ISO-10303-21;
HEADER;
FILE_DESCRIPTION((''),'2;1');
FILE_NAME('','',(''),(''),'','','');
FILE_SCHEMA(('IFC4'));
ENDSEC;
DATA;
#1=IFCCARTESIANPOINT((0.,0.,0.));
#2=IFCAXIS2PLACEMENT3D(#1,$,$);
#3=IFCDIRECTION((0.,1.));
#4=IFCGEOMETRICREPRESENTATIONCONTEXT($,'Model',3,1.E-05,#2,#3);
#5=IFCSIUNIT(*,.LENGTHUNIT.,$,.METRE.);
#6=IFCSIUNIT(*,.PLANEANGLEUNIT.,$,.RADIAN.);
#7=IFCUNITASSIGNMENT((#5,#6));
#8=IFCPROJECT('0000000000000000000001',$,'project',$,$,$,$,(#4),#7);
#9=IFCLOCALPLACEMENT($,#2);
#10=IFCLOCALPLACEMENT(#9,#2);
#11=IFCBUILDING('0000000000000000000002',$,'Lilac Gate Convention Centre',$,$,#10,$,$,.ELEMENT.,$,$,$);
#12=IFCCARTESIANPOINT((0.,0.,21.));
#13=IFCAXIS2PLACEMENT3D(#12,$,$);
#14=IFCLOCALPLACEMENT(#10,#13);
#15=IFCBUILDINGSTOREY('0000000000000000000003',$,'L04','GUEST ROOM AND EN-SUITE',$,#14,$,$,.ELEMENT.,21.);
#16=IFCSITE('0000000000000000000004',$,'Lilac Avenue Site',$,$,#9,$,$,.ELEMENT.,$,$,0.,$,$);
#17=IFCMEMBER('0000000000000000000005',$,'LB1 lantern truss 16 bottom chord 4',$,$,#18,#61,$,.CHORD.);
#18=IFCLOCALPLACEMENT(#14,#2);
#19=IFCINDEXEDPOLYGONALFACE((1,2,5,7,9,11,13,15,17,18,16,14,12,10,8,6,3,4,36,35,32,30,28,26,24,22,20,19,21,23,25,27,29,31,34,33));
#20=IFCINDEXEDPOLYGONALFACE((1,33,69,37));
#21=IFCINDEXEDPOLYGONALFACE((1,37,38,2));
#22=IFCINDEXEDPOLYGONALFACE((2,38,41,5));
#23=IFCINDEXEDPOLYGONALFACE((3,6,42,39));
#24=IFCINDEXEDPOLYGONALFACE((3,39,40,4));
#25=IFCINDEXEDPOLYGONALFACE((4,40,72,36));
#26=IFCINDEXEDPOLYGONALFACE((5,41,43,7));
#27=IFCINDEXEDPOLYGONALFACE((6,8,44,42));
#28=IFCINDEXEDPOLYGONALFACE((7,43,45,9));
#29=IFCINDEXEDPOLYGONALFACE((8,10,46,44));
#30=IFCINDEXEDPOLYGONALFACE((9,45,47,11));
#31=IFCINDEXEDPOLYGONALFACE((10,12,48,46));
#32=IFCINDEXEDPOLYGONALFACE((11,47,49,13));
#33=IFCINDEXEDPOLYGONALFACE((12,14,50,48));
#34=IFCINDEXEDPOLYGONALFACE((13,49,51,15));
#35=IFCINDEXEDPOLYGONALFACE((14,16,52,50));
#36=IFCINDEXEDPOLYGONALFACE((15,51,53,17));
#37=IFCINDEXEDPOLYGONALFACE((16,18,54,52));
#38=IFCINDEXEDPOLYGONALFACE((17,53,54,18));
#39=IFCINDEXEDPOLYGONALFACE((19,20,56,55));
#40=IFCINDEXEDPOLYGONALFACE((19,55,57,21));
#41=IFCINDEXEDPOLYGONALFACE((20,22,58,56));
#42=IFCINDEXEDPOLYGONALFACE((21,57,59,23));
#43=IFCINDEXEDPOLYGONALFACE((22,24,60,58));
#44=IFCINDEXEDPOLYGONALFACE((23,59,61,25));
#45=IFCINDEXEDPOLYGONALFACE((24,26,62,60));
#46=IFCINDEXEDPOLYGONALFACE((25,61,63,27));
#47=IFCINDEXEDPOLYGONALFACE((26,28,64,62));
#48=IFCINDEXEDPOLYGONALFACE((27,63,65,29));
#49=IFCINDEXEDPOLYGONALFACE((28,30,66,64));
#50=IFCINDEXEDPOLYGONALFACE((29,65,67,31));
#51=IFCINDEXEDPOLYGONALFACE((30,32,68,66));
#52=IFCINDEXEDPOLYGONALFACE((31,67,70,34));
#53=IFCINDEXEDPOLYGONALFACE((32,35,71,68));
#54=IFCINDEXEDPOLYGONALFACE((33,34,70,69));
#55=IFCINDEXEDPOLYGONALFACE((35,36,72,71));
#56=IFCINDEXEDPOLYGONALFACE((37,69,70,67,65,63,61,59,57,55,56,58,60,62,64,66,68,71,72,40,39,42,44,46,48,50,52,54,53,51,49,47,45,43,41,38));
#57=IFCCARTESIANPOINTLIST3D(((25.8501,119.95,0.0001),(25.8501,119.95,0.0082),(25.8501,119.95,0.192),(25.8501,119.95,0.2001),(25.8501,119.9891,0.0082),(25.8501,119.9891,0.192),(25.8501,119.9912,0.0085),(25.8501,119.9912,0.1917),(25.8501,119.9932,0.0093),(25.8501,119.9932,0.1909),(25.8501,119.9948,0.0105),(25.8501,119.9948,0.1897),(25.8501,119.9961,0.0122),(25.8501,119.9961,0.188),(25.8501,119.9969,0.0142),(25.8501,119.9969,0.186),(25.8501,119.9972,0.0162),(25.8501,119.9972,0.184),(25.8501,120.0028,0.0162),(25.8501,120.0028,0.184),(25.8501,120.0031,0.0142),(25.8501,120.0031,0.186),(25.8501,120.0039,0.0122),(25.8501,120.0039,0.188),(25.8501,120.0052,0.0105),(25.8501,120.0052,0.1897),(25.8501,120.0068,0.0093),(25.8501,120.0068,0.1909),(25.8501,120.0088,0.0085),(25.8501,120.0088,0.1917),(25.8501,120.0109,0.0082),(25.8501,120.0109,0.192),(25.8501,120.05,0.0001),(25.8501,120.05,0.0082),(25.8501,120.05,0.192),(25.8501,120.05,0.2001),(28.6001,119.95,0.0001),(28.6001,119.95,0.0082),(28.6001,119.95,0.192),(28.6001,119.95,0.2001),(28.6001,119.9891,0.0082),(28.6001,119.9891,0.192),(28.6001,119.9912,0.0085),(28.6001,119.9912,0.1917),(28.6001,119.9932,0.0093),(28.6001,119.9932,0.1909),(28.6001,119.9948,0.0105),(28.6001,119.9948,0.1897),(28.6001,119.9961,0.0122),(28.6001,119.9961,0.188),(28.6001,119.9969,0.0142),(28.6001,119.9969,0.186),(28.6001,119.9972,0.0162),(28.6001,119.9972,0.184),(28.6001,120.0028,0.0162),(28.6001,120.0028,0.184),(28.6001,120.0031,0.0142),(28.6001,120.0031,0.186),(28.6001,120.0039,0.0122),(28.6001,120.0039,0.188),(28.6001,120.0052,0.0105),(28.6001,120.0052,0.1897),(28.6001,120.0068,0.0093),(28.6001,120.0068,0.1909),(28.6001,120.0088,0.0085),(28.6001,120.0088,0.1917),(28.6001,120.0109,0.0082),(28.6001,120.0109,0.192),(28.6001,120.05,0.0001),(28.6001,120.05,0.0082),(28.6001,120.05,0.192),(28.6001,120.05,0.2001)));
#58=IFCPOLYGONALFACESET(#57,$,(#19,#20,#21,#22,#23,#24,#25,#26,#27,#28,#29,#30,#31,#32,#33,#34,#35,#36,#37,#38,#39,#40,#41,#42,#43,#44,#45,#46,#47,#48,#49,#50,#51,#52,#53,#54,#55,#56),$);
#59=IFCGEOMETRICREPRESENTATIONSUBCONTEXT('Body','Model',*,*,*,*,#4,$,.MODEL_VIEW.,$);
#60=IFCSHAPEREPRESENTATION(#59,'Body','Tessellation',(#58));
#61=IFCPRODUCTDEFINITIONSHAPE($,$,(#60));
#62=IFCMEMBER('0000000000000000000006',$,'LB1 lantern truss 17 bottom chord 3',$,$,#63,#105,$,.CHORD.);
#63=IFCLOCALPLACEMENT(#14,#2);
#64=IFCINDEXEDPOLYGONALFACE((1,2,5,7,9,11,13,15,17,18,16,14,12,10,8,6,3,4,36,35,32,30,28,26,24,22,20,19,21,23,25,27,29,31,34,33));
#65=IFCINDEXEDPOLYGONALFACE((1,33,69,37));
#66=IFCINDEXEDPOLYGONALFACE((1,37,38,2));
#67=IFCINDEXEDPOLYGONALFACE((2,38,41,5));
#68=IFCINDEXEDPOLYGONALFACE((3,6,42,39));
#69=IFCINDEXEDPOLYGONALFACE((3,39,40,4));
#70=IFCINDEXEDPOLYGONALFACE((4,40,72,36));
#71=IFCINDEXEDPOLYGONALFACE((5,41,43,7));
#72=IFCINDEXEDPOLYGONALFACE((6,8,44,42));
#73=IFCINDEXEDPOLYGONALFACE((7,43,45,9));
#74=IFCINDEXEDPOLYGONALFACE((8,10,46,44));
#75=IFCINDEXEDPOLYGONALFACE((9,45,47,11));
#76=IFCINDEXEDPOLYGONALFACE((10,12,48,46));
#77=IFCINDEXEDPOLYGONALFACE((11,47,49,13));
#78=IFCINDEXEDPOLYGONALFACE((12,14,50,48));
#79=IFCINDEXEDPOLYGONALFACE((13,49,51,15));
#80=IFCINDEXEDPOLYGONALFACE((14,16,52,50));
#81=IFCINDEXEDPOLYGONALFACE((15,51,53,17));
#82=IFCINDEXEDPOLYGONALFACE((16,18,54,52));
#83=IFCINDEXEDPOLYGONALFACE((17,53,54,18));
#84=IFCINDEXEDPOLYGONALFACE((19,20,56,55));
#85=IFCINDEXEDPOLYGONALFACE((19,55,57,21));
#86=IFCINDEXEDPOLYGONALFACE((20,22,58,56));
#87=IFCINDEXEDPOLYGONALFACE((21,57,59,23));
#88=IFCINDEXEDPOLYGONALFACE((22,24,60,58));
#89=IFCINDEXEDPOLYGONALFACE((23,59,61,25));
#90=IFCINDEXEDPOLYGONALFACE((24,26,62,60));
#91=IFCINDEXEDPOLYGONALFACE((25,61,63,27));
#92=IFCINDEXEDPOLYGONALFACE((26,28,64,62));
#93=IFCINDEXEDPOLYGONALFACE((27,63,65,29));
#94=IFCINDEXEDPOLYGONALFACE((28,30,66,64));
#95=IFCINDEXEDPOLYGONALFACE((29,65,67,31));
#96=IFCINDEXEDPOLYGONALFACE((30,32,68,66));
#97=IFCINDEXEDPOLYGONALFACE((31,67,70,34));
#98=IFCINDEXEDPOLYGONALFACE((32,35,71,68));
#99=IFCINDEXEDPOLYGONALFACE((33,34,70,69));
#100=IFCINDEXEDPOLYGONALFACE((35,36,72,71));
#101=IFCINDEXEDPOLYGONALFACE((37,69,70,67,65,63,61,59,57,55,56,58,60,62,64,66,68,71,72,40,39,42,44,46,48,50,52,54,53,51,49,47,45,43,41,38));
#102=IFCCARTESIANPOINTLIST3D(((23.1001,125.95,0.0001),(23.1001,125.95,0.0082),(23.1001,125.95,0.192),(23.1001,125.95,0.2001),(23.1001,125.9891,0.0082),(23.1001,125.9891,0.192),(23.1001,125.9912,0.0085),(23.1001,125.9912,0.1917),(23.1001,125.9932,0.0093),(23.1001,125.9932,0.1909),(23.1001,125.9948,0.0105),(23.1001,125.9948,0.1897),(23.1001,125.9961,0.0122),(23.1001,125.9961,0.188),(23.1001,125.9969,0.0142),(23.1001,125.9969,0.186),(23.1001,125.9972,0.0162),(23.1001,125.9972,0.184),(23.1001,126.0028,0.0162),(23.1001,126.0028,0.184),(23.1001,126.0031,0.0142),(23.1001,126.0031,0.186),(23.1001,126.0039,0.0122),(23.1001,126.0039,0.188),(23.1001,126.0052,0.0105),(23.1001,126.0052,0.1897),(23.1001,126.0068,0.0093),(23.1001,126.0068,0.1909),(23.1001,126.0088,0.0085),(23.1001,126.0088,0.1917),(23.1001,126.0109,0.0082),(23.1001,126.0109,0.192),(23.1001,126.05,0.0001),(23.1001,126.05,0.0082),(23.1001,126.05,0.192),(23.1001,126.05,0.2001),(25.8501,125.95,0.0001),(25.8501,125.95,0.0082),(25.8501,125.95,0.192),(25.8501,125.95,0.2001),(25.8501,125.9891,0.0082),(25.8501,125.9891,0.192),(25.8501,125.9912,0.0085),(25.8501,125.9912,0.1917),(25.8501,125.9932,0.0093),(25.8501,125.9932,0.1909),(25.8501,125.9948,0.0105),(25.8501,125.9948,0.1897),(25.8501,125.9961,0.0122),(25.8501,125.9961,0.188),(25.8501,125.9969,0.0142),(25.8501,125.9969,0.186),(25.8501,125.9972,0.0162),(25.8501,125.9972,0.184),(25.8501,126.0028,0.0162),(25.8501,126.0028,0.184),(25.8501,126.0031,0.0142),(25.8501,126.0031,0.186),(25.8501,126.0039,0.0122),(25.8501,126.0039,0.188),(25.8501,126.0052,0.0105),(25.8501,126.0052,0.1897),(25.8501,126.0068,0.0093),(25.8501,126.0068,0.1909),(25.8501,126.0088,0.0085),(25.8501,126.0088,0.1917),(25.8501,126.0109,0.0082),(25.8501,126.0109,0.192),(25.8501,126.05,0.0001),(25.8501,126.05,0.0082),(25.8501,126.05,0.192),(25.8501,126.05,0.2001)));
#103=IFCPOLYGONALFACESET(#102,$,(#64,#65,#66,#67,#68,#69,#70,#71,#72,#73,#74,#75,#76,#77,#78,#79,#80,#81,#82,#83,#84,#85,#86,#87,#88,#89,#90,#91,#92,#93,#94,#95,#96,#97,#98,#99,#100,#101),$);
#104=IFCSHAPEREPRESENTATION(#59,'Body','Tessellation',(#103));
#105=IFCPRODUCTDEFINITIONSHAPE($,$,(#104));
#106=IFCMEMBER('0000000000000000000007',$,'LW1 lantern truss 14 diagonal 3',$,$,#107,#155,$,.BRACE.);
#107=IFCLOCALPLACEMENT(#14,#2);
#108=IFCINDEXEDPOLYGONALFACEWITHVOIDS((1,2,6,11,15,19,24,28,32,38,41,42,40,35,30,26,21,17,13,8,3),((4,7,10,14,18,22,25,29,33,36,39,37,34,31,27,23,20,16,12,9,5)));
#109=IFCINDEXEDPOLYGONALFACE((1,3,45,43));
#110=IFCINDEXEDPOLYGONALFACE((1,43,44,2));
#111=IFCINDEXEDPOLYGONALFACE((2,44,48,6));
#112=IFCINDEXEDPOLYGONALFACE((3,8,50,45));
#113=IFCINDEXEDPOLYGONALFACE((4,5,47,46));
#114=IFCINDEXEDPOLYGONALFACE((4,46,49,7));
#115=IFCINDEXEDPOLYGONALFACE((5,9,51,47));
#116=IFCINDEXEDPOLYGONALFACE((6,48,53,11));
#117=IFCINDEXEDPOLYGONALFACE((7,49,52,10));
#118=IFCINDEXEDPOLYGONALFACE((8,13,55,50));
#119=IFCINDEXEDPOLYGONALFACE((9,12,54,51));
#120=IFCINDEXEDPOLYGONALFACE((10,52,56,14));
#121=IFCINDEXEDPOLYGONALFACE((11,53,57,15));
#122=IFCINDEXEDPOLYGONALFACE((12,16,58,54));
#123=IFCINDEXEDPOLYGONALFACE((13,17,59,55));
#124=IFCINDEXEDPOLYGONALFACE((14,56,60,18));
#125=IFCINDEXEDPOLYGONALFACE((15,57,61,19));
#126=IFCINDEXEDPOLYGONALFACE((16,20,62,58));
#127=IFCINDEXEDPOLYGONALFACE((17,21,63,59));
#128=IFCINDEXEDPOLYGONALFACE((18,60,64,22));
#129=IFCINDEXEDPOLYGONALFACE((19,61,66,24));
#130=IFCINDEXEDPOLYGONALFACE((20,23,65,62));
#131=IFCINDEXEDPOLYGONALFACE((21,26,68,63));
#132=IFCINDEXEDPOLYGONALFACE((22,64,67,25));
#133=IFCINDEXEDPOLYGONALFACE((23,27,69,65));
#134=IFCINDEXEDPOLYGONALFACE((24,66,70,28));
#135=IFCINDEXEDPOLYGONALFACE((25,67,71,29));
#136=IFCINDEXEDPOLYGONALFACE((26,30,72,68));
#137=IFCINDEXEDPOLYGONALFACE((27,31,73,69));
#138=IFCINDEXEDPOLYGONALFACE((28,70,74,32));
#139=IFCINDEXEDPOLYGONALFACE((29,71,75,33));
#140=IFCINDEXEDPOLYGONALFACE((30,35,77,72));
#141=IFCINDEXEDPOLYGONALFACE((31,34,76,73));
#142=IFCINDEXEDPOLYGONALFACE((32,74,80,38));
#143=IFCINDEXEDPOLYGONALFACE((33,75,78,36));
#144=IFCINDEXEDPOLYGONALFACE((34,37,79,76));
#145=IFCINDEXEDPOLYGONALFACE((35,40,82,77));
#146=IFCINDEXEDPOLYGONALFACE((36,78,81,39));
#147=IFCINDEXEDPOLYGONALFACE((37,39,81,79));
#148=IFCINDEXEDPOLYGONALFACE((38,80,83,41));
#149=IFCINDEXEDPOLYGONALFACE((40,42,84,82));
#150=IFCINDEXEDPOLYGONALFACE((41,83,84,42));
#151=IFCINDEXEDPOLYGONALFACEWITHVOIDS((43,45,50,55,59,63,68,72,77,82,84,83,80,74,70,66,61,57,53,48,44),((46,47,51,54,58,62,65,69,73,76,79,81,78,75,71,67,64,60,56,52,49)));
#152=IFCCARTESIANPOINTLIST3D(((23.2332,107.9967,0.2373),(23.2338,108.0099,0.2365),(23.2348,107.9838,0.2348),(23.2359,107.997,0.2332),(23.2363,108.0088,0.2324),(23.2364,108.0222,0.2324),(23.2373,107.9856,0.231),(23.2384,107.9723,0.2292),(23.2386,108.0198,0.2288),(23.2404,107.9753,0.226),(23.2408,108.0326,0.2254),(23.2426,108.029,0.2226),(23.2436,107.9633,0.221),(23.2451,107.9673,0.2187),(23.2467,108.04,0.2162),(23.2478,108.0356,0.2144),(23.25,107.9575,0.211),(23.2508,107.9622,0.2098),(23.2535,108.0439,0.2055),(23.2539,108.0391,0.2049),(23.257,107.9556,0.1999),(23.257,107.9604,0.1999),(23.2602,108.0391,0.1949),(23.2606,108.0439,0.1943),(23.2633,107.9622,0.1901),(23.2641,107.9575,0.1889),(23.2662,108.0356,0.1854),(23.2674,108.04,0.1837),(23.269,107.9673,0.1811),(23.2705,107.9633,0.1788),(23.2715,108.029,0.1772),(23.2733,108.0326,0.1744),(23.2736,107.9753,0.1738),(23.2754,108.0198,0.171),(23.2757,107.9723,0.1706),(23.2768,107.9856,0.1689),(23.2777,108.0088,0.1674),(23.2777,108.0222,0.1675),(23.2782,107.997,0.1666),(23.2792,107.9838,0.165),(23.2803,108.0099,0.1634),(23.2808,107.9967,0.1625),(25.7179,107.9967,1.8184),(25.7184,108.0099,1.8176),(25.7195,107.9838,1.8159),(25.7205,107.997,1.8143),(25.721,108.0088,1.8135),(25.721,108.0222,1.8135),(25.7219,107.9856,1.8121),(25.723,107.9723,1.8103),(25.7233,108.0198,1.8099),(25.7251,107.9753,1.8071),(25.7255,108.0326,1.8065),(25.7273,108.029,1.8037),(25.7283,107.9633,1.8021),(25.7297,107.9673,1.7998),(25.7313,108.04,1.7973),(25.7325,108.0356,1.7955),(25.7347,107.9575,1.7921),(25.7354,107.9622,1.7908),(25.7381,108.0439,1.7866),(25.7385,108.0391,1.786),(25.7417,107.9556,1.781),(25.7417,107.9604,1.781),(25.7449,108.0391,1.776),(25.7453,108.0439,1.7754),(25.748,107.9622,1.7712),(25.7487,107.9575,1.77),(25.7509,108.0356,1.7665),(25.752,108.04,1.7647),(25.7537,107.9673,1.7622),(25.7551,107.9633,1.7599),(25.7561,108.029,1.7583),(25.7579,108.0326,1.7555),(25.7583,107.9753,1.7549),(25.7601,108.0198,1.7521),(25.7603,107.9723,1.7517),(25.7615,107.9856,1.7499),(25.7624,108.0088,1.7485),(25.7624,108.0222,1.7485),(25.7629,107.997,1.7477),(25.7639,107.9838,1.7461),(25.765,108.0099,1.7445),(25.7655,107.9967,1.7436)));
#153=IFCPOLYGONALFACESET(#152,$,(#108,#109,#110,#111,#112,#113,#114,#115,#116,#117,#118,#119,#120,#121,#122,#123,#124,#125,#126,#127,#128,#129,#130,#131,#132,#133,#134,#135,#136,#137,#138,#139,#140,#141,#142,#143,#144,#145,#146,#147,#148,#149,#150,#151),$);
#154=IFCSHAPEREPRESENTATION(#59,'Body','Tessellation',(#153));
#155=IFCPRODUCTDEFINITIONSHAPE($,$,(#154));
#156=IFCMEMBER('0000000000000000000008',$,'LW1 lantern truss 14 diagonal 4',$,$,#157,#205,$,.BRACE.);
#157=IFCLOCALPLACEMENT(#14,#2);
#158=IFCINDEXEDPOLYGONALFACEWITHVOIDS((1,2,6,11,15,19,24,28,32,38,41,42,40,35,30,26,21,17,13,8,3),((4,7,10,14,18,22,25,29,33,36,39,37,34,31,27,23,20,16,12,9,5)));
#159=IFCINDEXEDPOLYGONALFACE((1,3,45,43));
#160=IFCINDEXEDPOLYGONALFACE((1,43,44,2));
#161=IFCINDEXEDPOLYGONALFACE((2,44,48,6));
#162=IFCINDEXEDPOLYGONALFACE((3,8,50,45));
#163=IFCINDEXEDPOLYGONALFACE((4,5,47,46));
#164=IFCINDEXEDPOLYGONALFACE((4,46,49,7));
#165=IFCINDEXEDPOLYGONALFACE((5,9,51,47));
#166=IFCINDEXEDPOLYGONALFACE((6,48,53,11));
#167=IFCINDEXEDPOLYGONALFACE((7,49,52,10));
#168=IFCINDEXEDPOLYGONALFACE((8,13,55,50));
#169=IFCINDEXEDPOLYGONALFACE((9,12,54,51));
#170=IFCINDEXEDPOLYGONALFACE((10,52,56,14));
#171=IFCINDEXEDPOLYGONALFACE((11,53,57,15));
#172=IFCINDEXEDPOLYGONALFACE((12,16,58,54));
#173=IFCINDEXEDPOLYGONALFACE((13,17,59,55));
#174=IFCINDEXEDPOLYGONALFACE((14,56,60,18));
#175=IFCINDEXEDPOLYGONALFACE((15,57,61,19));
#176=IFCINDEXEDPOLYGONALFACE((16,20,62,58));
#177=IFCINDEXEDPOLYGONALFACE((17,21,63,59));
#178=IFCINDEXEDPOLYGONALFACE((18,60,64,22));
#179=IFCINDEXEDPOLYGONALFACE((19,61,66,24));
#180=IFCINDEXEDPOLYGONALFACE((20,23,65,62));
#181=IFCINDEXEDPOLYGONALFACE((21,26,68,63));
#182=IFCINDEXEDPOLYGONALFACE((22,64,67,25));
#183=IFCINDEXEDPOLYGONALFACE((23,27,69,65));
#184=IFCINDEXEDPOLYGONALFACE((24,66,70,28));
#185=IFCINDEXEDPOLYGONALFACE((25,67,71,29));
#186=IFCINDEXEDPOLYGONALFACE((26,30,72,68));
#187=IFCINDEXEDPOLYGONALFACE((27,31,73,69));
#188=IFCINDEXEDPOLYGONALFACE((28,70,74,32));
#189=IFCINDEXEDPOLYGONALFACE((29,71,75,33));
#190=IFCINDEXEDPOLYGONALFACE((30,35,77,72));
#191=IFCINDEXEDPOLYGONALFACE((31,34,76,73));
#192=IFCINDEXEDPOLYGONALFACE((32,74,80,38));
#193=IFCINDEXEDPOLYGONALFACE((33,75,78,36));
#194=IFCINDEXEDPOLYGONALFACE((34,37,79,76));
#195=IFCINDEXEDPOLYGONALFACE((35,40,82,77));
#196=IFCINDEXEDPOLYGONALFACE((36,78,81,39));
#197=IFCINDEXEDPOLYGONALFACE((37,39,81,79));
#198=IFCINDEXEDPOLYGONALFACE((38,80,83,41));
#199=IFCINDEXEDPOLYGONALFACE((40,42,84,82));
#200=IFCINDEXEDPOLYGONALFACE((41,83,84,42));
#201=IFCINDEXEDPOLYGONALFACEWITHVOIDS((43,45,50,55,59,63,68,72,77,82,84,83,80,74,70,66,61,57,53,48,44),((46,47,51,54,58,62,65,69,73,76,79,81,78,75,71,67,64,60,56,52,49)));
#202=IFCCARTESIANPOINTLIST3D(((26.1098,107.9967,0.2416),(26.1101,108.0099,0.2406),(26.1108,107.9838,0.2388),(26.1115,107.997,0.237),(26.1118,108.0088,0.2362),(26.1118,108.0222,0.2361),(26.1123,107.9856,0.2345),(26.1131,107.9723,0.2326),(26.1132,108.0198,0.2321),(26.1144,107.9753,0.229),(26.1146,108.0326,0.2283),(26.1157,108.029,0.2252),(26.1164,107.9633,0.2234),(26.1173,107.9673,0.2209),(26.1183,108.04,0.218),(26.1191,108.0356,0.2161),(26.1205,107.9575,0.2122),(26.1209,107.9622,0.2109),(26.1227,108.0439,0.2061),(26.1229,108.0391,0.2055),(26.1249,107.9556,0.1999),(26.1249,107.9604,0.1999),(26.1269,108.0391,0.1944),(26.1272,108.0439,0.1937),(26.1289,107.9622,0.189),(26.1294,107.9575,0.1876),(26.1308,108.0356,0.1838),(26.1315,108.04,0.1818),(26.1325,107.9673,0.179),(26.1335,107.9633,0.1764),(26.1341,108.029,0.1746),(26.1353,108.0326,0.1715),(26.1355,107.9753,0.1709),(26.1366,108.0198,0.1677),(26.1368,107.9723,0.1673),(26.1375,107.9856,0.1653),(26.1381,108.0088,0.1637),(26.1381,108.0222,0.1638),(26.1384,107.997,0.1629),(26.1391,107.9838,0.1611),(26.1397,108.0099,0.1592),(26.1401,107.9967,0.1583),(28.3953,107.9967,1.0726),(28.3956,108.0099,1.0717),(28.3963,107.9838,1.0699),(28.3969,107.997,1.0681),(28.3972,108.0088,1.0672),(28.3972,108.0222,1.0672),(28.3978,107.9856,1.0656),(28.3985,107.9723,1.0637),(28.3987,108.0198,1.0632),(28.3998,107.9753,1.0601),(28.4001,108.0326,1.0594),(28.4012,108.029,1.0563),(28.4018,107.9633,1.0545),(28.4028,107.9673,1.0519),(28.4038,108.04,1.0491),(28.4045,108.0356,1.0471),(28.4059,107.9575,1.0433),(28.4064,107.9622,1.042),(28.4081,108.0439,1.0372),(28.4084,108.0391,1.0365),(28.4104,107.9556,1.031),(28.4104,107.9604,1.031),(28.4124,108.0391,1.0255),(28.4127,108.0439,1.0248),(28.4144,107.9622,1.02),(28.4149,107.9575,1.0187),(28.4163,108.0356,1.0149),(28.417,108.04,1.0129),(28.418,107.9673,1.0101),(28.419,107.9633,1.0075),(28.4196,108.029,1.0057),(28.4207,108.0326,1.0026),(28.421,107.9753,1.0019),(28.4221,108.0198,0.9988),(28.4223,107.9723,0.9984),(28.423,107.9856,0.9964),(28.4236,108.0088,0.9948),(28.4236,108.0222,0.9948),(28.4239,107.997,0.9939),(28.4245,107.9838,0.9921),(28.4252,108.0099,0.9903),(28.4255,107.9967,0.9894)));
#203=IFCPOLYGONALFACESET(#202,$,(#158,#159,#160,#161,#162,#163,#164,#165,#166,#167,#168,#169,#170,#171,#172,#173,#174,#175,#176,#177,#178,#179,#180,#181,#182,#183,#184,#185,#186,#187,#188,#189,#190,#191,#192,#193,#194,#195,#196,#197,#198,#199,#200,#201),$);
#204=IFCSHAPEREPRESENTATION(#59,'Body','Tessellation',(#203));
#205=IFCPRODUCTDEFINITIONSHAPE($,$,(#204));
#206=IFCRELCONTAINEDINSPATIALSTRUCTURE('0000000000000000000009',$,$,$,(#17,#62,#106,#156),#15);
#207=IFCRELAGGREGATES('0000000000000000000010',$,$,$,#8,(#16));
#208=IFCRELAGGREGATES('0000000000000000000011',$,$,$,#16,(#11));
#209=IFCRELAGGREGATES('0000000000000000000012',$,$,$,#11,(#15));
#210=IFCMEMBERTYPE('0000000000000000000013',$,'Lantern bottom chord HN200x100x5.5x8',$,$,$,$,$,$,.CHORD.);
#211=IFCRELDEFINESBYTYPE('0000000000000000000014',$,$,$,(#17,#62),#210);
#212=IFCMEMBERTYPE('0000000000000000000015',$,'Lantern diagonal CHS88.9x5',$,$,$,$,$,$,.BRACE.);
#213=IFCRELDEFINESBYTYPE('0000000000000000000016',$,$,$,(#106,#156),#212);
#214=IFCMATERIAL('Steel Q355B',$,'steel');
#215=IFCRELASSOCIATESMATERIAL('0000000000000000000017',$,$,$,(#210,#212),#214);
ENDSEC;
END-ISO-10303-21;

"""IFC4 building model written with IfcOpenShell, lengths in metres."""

from ifc_helpers import new_model, si_unit, direction, frame, origin, origin_2d, place, context, subcontext, project, spatial, hollow_circle, i_section, extrude, material, material_profile, profile_set, type_object, element, save


model = new_model("IFC4")

# Units and contexts
model_context = context("Model", 3, precision=1e-05, world=origin(), true_north=direction((0.0, 1.0)))
body_context = subcontext(model_context, "Body", "Model", "MODEL_VIEW")
ifc_project = project(units=[si_unit("LENGTHUNIT", "METRE"), si_unit("PLANEANGLEUNIT", "RADIAN")], contexts=[model_context])

# Site, building, storey
site_placement = place(None, origin())
site = spatial("IfcSite", under=ifc_project, at=site_placement, Name="Lilac Avenue Site", CompositionType="ELEMENT", RefElevation=0.0)
building_placement = place(site_placement, origin())
building = spatial("IfcBuilding", under=site, at=building_placement, Name="Lilac Gate Convention Centre", CompositionType="ELEMENT")
storey_placement = place(building_placement, frame((0.0, 0.0, 21.0)))
storey = spatial("IfcBuildingStorey", under=building, at=storey_placement, Name="L04", Description="GUEST ROOM AND EN-SUITE", CompositionType="ELEMENT", Elevation=21.0)

# Members
ifc_material_1 = material(Name="Steel Q355B", Category="steel")
ifc_material_profile_1 = material_profile(ifc_material_1, i_section(OverallWidth=0.1001, OverallDepth=0.2, WebThickness=0.0056, FlangeThickness=0.0081, FilletRadius=0.0081, at=origin_2d()), Name="HN200x100x5.5x8")
ifc_profile_set_1 = profile_set([ifc_material_profile_1], Name="Steel Q355B")
member_type_1 = type_object("IfcMemberType", Name="Lantern bottom chord HN200x100x5.5x8", PredefinedType="CHORD", material=ifc_profile_set_1)
for number, where, z_axis, x_axis, name in (
    (1, (25.8501, 120.0, 0.1001), (1.0, 0.0, 0.0), (0.0, 1.0, 0.0), "LB1 lantern truss 16 bottom chord 4"),
    (2, (23.1001, 126.0, 0.1001), (1.0, 0.0, 0.0), (0.0, 1.0, 0.0), "LB1 lantern truss 17 bottom chord 3"),
):
    element("IfcMember", number, at=place(storey_placement, frame(where, z_axis=z_axis, x_axis=x_axis)), inside=storey, type_object=member_type_1, Name=name, PredefinedType="CHORD", context=body_context, shape_type="SweptSolid", body=[
        extrude(i_section(OverallWidth=0.1001, OverallDepth=0.2, WebThickness=0.0056, FlangeThickness=0.0081, FilletRadius=0.0081, at=origin_2d()), origin(), (0.0, 0.0, 1.0), 2.75),
    ])
ifc_material_profile_2 = material_profile(ifc_material_1, hollow_circle(Radius=0.0444, WallThickness=0.0049, at=origin_2d()), Name="CHS88.9x5")
ifc_profile_set_2 = profile_set([ifc_material_profile_2], Name="Steel Q355B")
member_type_2 = type_object("IfcMemberType", Name="Lantern diagonal CHS88.9x5", PredefinedType="BRACE", material=ifc_profile_set_2)
member_1_placement = place(storey_placement, frame((25.7417, 108.0, 1.781), z_axis=(-0.843672, 0.0, -0.536859), x_axis=(0.0, -1.0, 0.0)))
element("IfcMember", 3, at=member_1_placement, inside=storey, type_object=member_type_2, Name="LW1 lantern truss 14 diagonal 3", PredefinedType="BRACE", context=body_context, shape_type="SweptSolid", body=[
    extrude(hollow_circle(Radius=0.0444, WallThickness=0.0049, at=origin_2d()), origin(), (0.0, 0.0, 1.0), 2.9451),
])
member_2_placement = place(storey_placement, frame((28.4104, 108.0, 1.031), z_axis=(-0.939793, 0.0, -0.341743), x_axis=(0.0, -1.0, 0.0)))
element("IfcMember", 4, at=member_2_placement, inside=storey, type_object=member_type_2, Name="LW1 lantern truss 14 diagonal 4", PredefinedType="BRACE", context=body_context, shape_type="SweptSolid", body=[
    extrude(hollow_circle(Radius=0.0444, WallThickness=0.0049, at=origin_2d()), origin(), (0.0, 0.0, 1.0), 2.4319),
])

save(model, "model.ifc")
